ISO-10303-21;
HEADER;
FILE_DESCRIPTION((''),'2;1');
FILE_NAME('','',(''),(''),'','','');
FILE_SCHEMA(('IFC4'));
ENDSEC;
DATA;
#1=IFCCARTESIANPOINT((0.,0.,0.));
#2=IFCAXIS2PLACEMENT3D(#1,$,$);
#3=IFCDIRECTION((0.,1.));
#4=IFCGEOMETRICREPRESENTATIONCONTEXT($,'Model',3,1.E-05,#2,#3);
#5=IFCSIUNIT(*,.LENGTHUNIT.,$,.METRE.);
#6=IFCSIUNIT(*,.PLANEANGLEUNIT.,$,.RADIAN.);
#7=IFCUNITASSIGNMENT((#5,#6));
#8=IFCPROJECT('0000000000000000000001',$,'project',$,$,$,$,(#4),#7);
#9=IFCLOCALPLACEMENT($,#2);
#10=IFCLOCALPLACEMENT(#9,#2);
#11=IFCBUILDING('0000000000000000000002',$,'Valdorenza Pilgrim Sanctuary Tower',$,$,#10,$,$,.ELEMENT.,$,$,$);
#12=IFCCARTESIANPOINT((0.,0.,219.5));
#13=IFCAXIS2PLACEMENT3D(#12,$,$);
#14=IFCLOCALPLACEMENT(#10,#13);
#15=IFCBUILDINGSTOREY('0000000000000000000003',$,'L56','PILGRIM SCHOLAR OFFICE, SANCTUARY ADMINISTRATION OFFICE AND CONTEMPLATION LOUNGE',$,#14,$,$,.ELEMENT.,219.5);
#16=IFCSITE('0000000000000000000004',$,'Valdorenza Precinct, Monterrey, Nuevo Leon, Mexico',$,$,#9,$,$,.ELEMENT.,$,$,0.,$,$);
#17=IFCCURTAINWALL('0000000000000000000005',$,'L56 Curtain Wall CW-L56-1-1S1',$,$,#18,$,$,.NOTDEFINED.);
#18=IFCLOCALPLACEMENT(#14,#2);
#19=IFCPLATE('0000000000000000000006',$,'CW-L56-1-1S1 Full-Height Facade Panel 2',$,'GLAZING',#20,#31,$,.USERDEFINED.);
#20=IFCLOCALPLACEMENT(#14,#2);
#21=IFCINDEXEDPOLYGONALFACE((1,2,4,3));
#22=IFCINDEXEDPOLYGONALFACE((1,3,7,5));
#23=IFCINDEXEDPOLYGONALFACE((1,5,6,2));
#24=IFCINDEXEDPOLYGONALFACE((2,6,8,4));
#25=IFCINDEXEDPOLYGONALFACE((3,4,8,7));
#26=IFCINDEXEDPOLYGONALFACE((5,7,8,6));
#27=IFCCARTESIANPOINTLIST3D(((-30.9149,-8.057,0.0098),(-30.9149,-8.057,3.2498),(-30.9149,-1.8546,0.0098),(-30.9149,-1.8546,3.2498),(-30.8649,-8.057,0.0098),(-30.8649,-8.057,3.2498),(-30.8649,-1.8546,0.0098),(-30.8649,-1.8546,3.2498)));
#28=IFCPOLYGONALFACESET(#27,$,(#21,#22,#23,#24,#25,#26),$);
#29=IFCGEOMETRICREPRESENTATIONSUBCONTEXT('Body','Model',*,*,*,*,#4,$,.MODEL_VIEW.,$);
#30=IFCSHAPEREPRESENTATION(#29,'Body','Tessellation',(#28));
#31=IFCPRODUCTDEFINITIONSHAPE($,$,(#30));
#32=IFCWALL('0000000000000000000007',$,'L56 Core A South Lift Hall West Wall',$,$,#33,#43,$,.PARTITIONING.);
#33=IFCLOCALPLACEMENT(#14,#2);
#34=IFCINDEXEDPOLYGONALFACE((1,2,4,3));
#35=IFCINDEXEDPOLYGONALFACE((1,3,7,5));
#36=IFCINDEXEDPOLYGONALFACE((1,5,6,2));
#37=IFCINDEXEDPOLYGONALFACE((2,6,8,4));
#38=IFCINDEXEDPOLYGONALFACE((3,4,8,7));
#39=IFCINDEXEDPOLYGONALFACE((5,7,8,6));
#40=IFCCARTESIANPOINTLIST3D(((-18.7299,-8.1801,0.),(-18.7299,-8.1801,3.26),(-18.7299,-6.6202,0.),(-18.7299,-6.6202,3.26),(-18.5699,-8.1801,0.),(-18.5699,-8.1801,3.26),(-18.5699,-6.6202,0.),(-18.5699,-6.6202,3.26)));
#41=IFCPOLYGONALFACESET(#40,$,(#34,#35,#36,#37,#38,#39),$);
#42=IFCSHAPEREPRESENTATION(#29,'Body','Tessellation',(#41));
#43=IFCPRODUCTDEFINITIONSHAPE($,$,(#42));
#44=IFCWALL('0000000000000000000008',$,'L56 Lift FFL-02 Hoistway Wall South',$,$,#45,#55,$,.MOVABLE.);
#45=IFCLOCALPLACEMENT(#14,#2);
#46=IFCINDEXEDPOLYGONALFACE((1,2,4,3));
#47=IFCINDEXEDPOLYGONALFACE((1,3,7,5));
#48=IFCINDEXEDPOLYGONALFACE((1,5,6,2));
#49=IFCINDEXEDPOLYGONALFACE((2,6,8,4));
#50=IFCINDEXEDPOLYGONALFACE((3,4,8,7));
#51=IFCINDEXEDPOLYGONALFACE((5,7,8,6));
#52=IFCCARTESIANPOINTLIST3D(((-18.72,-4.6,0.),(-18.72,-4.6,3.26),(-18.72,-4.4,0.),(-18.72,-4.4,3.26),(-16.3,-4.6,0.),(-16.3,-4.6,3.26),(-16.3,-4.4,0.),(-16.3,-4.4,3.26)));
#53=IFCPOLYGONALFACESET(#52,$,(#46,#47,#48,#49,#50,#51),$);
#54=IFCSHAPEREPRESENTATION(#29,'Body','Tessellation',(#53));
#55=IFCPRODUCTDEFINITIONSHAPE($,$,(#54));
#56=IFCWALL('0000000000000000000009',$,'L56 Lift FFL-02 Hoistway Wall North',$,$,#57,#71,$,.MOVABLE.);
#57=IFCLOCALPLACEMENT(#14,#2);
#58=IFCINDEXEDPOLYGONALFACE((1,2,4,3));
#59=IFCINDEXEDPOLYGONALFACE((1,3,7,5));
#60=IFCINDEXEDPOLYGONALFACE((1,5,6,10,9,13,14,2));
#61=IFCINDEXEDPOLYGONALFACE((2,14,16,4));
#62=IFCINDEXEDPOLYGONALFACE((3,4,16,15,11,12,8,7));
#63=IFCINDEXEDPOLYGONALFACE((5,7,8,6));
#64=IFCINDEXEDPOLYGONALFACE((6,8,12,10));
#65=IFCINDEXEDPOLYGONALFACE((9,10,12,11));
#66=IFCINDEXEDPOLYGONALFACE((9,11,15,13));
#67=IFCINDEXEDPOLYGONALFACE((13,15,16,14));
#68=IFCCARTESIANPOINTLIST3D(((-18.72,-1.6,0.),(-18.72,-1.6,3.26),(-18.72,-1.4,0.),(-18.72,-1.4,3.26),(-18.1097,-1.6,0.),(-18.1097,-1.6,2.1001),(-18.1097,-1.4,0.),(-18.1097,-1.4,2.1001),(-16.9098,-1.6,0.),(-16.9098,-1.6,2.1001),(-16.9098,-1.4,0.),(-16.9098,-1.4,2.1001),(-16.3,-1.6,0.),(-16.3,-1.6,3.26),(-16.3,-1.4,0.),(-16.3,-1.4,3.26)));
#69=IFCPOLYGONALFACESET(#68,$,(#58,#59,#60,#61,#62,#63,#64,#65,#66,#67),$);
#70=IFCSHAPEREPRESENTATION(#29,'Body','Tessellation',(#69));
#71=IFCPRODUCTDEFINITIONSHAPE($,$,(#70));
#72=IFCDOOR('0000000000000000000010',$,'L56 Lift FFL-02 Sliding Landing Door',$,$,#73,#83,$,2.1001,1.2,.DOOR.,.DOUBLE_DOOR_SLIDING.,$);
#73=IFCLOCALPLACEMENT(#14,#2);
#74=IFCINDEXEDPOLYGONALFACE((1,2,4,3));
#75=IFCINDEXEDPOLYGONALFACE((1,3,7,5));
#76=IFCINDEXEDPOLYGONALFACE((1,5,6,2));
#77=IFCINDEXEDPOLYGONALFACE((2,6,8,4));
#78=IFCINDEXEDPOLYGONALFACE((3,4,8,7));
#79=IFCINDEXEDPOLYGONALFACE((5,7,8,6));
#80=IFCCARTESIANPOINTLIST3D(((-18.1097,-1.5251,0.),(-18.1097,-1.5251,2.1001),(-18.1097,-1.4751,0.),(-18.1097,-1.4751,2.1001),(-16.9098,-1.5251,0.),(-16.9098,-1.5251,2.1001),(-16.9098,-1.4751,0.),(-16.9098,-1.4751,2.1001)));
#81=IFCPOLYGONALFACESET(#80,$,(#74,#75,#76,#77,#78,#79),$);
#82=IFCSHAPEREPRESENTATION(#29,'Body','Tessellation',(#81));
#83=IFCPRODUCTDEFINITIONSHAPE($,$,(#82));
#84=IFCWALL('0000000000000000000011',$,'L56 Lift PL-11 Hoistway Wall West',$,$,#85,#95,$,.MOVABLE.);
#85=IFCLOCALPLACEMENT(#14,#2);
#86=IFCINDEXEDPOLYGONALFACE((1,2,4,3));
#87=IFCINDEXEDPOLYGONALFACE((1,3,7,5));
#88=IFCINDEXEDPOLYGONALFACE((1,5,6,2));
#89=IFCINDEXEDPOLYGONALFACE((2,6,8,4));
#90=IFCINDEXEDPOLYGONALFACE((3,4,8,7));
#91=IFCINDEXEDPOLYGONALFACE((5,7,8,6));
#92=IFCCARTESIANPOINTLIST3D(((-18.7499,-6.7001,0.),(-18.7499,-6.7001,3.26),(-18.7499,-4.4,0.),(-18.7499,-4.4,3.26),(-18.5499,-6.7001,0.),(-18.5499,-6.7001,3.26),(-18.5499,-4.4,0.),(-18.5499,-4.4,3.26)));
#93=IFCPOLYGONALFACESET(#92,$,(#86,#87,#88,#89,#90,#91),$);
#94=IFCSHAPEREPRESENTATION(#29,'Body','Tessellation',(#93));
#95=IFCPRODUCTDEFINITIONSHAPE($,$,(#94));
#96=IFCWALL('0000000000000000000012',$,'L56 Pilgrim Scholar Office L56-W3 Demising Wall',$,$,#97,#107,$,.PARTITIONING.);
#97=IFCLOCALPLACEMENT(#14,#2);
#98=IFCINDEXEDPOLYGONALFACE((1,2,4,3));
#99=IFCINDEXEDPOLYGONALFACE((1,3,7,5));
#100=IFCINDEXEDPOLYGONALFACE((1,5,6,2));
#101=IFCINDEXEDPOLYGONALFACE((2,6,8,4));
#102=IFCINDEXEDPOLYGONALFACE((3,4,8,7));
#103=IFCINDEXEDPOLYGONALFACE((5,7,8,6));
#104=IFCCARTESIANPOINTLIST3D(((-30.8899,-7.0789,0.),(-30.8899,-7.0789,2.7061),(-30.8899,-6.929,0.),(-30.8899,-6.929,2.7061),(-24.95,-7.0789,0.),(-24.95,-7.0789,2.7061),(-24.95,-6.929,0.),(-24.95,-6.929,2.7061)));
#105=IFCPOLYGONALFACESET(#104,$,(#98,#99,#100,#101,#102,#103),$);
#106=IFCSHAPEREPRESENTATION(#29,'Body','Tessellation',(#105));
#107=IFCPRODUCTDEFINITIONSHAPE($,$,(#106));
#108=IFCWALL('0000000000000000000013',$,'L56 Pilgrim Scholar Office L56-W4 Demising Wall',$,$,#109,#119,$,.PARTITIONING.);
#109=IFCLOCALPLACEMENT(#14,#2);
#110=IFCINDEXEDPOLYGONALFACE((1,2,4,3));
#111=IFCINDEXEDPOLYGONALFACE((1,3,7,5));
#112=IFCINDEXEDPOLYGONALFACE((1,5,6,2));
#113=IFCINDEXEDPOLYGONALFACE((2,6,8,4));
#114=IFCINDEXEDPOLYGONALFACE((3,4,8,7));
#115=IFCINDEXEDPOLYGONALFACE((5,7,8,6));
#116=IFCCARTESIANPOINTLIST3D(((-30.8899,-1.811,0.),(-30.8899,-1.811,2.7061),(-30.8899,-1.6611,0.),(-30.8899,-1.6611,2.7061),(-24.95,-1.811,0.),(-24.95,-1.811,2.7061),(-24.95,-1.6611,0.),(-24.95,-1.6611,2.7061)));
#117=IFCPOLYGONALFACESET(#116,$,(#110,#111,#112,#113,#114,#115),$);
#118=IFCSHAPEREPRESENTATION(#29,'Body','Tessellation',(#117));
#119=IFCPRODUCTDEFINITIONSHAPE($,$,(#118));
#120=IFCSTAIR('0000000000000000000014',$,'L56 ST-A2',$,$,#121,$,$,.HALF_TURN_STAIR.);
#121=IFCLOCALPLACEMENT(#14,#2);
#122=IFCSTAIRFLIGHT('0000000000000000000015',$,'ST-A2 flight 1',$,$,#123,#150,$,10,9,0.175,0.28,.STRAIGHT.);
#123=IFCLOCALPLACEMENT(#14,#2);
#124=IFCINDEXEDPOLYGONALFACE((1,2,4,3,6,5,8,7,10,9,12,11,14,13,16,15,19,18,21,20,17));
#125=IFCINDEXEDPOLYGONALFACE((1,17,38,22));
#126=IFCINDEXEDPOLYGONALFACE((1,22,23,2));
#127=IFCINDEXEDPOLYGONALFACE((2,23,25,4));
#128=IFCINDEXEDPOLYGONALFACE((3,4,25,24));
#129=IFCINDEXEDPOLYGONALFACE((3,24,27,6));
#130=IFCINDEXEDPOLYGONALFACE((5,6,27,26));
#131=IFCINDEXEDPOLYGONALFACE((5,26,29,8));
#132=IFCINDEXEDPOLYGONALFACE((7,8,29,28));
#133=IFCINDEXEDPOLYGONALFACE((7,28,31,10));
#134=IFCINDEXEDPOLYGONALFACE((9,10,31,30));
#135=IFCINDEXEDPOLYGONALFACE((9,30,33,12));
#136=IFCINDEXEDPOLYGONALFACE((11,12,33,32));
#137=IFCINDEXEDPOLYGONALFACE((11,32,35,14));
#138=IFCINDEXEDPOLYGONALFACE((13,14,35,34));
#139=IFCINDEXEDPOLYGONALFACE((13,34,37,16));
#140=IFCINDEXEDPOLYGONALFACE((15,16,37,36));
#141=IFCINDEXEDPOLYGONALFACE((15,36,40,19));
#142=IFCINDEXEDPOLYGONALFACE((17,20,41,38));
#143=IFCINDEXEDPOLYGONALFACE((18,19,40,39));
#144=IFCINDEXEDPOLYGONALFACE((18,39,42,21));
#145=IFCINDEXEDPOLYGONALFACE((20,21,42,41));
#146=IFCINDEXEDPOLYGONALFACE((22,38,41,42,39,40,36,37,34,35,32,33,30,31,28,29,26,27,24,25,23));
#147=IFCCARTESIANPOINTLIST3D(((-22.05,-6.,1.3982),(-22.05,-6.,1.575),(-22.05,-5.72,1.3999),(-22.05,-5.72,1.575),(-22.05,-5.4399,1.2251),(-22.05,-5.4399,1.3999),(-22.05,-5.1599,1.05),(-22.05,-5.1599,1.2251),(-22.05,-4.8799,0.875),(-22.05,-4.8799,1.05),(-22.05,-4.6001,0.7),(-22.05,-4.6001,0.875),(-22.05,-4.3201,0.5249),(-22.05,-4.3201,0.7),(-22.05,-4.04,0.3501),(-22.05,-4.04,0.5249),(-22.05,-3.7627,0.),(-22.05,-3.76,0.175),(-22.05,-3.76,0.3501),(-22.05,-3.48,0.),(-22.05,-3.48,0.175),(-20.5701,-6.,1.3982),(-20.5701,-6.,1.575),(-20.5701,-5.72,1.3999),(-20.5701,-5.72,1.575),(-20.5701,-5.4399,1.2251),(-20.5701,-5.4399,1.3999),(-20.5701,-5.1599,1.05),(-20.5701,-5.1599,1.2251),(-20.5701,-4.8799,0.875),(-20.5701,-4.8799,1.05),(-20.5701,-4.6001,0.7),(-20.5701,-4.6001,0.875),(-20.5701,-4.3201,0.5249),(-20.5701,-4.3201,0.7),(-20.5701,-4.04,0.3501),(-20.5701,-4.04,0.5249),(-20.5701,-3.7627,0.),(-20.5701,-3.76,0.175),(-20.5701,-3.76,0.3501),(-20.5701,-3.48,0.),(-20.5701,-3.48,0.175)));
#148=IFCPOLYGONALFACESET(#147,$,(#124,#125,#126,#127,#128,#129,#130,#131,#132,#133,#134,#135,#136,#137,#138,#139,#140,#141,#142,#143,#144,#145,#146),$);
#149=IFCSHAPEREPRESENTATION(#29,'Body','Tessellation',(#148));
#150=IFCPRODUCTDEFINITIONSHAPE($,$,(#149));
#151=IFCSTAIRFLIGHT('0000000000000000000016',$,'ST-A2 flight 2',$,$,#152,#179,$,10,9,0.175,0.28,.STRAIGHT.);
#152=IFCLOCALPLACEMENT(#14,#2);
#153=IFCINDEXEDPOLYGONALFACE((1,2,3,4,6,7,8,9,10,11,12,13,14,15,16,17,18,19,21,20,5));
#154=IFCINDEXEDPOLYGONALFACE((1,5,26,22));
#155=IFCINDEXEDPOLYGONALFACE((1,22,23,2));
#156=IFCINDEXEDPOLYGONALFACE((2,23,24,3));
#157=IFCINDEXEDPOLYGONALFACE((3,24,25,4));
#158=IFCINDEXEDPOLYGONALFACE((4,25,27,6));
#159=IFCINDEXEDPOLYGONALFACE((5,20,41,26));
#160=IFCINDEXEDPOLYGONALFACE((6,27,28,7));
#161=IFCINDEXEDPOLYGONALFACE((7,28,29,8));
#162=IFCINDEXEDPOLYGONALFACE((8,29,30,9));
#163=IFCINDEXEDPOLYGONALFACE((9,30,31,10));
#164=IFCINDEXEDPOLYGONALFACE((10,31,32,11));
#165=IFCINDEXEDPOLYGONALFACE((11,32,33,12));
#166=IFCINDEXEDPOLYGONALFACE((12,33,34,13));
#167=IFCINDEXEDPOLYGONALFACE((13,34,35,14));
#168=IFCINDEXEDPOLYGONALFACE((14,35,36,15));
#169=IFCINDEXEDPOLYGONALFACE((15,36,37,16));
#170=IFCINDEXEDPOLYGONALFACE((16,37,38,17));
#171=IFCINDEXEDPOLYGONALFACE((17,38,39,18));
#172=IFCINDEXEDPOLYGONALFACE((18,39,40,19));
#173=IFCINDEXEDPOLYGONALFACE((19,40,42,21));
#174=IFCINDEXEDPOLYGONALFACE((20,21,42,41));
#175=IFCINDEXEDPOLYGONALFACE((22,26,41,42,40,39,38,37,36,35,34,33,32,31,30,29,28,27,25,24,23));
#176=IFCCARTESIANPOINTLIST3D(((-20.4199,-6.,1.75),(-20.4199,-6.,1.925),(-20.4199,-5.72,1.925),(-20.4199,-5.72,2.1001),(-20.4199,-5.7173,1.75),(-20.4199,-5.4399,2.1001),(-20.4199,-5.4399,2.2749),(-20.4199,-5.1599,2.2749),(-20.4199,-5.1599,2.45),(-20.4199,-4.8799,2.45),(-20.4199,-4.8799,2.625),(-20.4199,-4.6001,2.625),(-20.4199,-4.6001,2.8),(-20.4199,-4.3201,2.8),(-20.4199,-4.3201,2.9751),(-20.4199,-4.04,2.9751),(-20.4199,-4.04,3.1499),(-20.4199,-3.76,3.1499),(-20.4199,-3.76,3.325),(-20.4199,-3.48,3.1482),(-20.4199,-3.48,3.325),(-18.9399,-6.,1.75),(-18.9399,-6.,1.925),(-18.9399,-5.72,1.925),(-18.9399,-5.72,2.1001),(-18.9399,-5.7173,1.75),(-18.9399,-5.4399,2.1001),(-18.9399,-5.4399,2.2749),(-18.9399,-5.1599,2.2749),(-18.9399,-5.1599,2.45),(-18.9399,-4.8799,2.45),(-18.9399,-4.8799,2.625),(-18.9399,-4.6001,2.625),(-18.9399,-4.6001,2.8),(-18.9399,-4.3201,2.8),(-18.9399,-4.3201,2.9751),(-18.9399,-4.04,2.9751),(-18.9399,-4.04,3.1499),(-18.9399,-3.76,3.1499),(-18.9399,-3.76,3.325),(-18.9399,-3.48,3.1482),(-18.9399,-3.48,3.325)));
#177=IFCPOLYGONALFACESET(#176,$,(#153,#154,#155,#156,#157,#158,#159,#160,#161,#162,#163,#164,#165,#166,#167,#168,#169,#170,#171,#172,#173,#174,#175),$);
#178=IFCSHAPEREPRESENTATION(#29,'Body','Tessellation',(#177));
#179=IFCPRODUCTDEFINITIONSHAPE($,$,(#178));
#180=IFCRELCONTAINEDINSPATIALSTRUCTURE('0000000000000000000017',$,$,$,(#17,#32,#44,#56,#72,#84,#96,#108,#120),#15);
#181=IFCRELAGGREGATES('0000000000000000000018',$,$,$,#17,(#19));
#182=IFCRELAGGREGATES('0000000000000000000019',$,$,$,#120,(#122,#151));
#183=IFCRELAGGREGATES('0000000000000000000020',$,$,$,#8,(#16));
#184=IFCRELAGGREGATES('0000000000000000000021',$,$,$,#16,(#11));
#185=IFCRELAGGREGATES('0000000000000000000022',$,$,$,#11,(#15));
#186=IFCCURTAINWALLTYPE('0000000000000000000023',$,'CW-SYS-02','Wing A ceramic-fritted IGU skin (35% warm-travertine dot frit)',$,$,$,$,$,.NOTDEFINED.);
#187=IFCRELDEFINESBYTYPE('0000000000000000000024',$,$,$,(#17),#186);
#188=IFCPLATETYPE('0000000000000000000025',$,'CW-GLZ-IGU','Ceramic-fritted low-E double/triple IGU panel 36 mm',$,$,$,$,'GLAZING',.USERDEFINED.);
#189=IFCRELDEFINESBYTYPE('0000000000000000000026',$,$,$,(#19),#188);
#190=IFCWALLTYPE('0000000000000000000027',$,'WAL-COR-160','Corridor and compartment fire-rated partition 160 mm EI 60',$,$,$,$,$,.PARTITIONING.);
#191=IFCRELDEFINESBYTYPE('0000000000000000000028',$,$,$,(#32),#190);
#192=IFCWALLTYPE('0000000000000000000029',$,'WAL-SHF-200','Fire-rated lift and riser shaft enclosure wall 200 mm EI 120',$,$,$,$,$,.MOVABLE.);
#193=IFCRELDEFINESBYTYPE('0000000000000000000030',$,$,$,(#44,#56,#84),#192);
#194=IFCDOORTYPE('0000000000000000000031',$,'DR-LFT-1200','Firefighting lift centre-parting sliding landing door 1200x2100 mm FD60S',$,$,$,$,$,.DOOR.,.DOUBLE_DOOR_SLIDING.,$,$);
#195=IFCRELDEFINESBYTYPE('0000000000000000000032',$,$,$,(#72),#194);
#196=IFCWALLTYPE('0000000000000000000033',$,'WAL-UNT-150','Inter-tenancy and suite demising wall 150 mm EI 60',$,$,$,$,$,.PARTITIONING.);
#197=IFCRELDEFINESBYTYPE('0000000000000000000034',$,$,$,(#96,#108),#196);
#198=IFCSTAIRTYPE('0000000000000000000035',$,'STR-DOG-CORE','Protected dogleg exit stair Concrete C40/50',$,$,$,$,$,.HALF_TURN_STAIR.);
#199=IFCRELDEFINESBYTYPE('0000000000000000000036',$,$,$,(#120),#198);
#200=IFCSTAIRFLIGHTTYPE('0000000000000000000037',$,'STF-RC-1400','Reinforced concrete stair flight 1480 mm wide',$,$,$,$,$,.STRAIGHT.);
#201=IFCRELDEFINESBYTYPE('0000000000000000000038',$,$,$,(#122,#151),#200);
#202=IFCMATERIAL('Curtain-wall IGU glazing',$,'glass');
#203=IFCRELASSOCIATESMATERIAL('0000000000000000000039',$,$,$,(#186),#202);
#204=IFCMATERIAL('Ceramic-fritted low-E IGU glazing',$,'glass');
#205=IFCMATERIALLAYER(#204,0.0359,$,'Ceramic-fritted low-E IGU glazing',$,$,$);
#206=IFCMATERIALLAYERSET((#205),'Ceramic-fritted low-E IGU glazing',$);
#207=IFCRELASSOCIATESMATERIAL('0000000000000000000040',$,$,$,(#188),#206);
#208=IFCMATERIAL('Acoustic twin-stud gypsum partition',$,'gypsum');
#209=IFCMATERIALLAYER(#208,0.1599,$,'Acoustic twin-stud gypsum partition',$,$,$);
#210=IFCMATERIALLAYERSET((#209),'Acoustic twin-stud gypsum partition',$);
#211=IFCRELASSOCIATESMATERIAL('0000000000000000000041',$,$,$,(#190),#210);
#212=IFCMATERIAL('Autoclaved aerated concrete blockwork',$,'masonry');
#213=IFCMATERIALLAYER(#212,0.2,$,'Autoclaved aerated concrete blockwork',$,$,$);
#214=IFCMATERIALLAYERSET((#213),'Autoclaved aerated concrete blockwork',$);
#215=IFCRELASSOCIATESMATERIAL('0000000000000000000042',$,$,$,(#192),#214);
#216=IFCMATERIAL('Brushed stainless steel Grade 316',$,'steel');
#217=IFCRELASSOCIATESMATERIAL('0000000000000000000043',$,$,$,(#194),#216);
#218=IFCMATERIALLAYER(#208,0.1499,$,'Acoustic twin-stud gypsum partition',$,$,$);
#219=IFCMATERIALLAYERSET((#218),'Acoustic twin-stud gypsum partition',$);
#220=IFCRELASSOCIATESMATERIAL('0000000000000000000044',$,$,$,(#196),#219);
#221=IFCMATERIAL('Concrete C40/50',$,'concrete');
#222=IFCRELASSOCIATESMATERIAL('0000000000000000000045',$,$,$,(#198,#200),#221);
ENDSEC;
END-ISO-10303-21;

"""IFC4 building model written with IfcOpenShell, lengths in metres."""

from ifc_helpers import new_model, si_unit, direction, frame, frame_2d, origin, origin_2d, place, context, subcontext, project, spatial, polyline, rectangle, outline, extrude, source, transform, mapped, material, layer, layer_set, type_object, element, fill, aggregate, save


model = new_model("IFC4")

# Units and contexts
model_context = context("Model", 3, precision=1e-05, world=origin(), true_north=direction((0.0, 1.0)))
body_context = subcontext(model_context, "Body", "Model", "MODEL_VIEW")
ifc_project = project(units=[si_unit("LENGTHUNIT", "METRE"), si_unit("PLANEANGLEUNIT", "RADIAN")], contexts=[model_context])

# Site, building, storey
site_placement = place(None, origin())
site = spatial("IfcSite", under=ifc_project, at=site_placement, Name="Valdorenza Precinct, Monterrey, Nuevo Leon, Mexico", CompositionType="ELEMENT", RefElevation=0.0)
building_placement = place(site_placement, origin())
building = spatial("IfcBuilding", under=site, at=building_placement, Name="Valdorenza Pilgrim Sanctuary Tower", CompositionType="ELEMENT")
storey_placement = place(building_placement, frame((0.0, 0.0, 219.5)))
storey = spatial("IfcBuildingStorey", under=building, at=storey_placement, Name="L56", Description="PILGRIM SCHOLAR OFFICE, SANCTUARY ADMINISTRATION OFFICE AND CONTEMPLATION LOUNGE", CompositionType="ELEMENT", Elevation=219.5)

# Curtain wall, plate
ifc_material_1 = material(Name="Curtain-wall IGU glazing", Category="glass")
curtain_wall_type = type_object("IfcCurtainWallType", Name="CW-SYS-02", Description="Wing A ceramic-fritted IGU skin (35% warm-travertine dot frit)", PredefinedType="NOTDEFINED", material=ifc_material_1)
curtain_wall_placement = place(storey_placement, origin())
curtain_wall = element("IfcCurtainWall", 1, at=curtain_wall_placement, inside=storey, type_object=curtain_wall_type, Name="L56 Curtain Wall CW-L56-1-1S1", PredefinedType="NOTDEFINED")
ifc_material_2 = material(Name="Ceramic-fritted low-E IGU glazing", Category="glass")
ifc_layer_1 = layer(ifc_material_2, 0.0359, Name="Ceramic-fritted low-E IGU glazing")
ifc_layer_set_1 = layer_set([ifc_layer_1], Name="Ceramic-fritted low-E IGU glazing")
plate_type_1 = type_object("IfcPlateType", Name="CW-GLZ-IGU", Description="Ceramic-fritted low-E double/triple IGU panel 36 mm", ElementType="GLAZING", PredefinedType="USERDEFINED", material=ifc_layer_set_1)
shared_shape_1 = source(origin(), body_context, "Body", "SweptSolid", [
    extrude(rectangle(XDim=6.2024, YDim=0.05, at=origin_2d()), origin(), (0.0, 0.0, 1.0), 3.24),
])
plate_1_placement = place(storey_placement, frame((-30.8899, -4.9558, 0.0098), z_axis=(0.0, 0.0, 1.0), x_axis=(0.0, 1.0, 0.0)))
plate_1 = element("IfcPlate", 2, at=plate_1_placement, type_object=plate_type_1, Name="CW-L56-1-1S1 Full-Height Facade Panel 2", ObjectType="GLAZING", PredefinedType="USERDEFINED", context=body_context, shape_type="MappedRepresentation", body=[
    mapped(shared_shape_1, transform((0.0, 0.0, 0.0), x_axis=(1.0, 0.0, 0.0), y_axis=(0.0, 1.0, 0.0), z_axis=(0.0, 0.0, 1.0), scale=1.0)),
])
aggregate(curtain_wall, [plate_1])

# Walls
ifc_material_3 = material(Name="Acoustic twin-stud gypsum partition", Category="gypsum")
ifc_layer_2 = layer(ifc_material_3, 0.1599, Name="Acoustic twin-stud gypsum partition")
ifc_layer_set_2 = layer_set([ifc_layer_2], Name="Acoustic twin-stud gypsum partition")
wall_type_1 = type_object("IfcWallType", Name="WAL-COR-160", Description="Corridor and compartment fire-rated partition 160 mm EI 60", PredefinedType="PARTITIONING", material=ifc_layer_set_2)
wall_1_placement = place(storey_placement, frame((-18.6499, -8.1799, 0.0), z_axis=(0.0, 0.0, 1.0), x_axis=(0.0, 1.0, 0.0)))
element("IfcWall", 3, at=wall_1_placement, inside=storey, type_object=wall_type_1, Name="L56 Core A South Lift Hall West Wall", PredefinedType="PARTITIONING", context=body_context, shape_type="SweptSolid", body=[
    extrude(rectangle(XDim=1.5598, YDim=0.1599, at=frame_2d((0.7798, 0.0))), origin(), (0.0, 0.0, 1.0), 3.26),
])
ifc_material_4 = material(Name="Autoclaved aerated concrete blockwork", Category="masonry")
ifc_layer_3 = layer(ifc_material_4, 0.2, Name="Autoclaved aerated concrete blockwork")
ifc_layer_set_3 = layer_set([ifc_layer_3], Name="Autoclaved aerated concrete blockwork")
wall_type_2 = type_object("IfcWallType", Name="WAL-SHF-200", Description="Fire-rated lift and riser shaft enclosure wall 200 mm EI 120", PredefinedType="MOVABLE", material=ifc_layer_set_3)
wall_2_placement = place(storey_placement, frame((-18.72, -4.5, 0.0), z_axis=(0.0, 0.0, 1.0), x_axis=(1.0, 0.0, 0.0)))
element("IfcWall", 4, at=wall_2_placement, inside=storey, type_object=wall_type_2, Name="L56 Lift FFL-02 Hoistway Wall South", PredefinedType="MOVABLE", context=body_context, shape_type="SweptSolid", body=[
    extrude(rectangle(XDim=2.4199, YDim=0.2, at=frame_2d((1.21, 0.0))), origin(), (0.0, 0.0, 1.0), 3.26),
])

# Wall, opening, door
wall_3_placement = place(storey_placement, frame((-18.72, -1.5, 0.0), z_axis=(0.0, 0.0, 1.0), x_axis=(1.0, 0.0, 0.0)))
wall_3 = element("IfcWall", 5, at=wall_3_placement, inside=storey, type_object=wall_type_2, Name="L56 Lift FFL-02 Hoistway Wall North", PredefinedType="MOVABLE", context=body_context, shape_type="SweptSolid", body=[
    extrude(rectangle(XDim=2.4199, YDim=0.2, at=frame_2d((1.21, 0.0))), origin(), (0.0, 0.0, 1.0), 3.26),
])
opening_1_placement = place(wall_3_placement, frame((0.6101, 0.0, 0.0)))
opening_1 = element("IfcOpeningElement", 6, at=opening_1_placement, cuts=wall_3, PredefinedType="OPENING", context=body_context, shape_type="SweptSolid", body=[
    extrude(rectangle(XDim=1.2, YDim=2.1001, at=frame_2d((0.6001, 1.05))), frame((0.0, 0.1147, 0.0), z_axis=(0.0, -1.0, 0.0), x_axis=(1.0, 0.0, 0.0)), (0.0, 0.0, 1.0), 0.2297),
])
ifc_material_5 = material(Name="Brushed stainless steel Grade 316", Category="steel")
door_type_1 = type_object("IfcDoorType", Name="DR-LFT-1200", Description="Firefighting lift centre-parting sliding landing door 1200x2100 mm FD60S", OperationType="DOUBLE_DOOR_SLIDING", PredefinedType="DOOR", material=ifc_material_5)
door_1_placement = place(opening_1_placement, origin())
door_1 = element("IfcDoor", 7, at=door_1_placement, inside=storey, type_object=door_type_1, Name="L56 Lift FFL-02 Sliding Landing Door", OperationType="DOUBLE_DOOR_SLIDING", OverallHeight=2.1001, OverallWidth=1.2, PredefinedType="DOOR", context=body_context, shape_type="SweptSolid", body=[
    extrude(rectangle(XDim=1.2, YDim=2.1001, at=frame_2d((0.6001, 1.05))), frame((0.0, 0.0249, 0.0), z_axis=(0.0, -1.0, 0.0), x_axis=(1.0, 0.0, 0.0)), (0.0, 0.0, 1.0), 0.05),
])
fill(opening_1, door_1)

# Wall
wall_4_placement = place(storey_placement, frame((-18.6499, -6.7, 0.0), z_axis=(0.0, 0.0, 1.0), x_axis=(0.0, 1.0, 0.0)))
element("IfcWall", 8, at=wall_4_placement, inside=storey, type_object=wall_type_2, Name="L56 Lift PL-11 Hoistway Wall West", PredefinedType="MOVABLE", context=body_context, shape_type="SweptSolid", body=[
    extrude(rectangle(XDim=2.3, YDim=0.2, at=frame_2d((1.1499, 0.0))), origin(), (0.0, 0.0, 1.0), 3.26),
])

# Shared definitions
ifc_material_6 = material(Name="Concrete C40/50", Category="concrete")

# Walls
ifc_layer_4 = layer(ifc_material_3, 0.1499, Name="Acoustic twin-stud gypsum partition")
ifc_layer_set_4 = layer_set([ifc_layer_4], Name="Acoustic twin-stud gypsum partition")
wall_type_3 = type_object("IfcWallType", Name="WAL-UNT-150", Description="Inter-tenancy and suite demising wall 150 mm EI 60", PredefinedType="PARTITIONING", material=ifc_layer_set_4)
for number, where, z_axis, x_axis, name in (
    (9, (-30.8899, -7.0039, 0.0), (0.0, 0.0, 1.0), (1.0, 0.0, 0.0), "L56 Pilgrim Scholar Office L56-W3 Demising Wall"),
    (10, (-30.8899, -1.7361, 0.0), (0.0, 0.0, 1.0), (1.0, 0.0, 0.0), "L56 Pilgrim Scholar Office L56-W4 Demising Wall"),
):
    element("IfcWall", number, at=place(storey_placement, frame(where, z_axis=z_axis, x_axis=x_axis)), inside=storey, type_object=wall_type_3, Name=name, PredefinedType="PARTITIONING", context=body_context, shape_type="SweptSolid", body=[
        extrude(rectangle(XDim=5.9399, YDim=0.1499, at=frame_2d((2.97, 0.0))), origin(), (0.0, 0.0, 1.0), 2.7061),
    ])

# Stair, stair flights
stair_type = type_object("IfcStairType", Name="STR-DOG-CORE", Description="Protected dogleg exit stair Concrete C40/50", PredefinedType="HALF_TURN_STAIR", material=ifc_material_6)
stair_placement = place(storey_placement, origin())
stair = element("IfcStair", 11, at=stair_placement, inside=storey, type_object=stair_type, Name="L56 ST-A2", PredefinedType="HALF_TURN_STAIR")
stair_flight_type = type_object("IfcStairFlightType", Name="STF-RC-1400", Description="Reinforced concrete stair flight 1480 mm wide", PredefinedType="STRAIGHT", material=ifc_material_6)
stair_flight_1_placement = place(storey_placement, frame((-21.3101, -3.48, 0.0), z_axis=(0.0, 0.0, 1.0), x_axis=(0.0, -1.0, 0.0)))
stair_flight_1 = element("IfcStairFlight", 12, at=stair_flight_1_placement, type_object=stair_flight_type, Name="ST-A2 flight 1", NumberOfRisers=10, NumberOfTreads=9, PredefinedType="STRAIGHT", RiserHeight=0.175, TreadLength=0.28, context=body_context, shape_type="SweptSolid", body=[
    extrude(outline(polyline([(0.0, 0.0), (0.0, 0.175), (0.28, 0.175), (0.28, 0.3501), (0.5601, 0.3501), (0.5601, 0.5249), (0.8401, 0.5249), (0.8401, 0.7), (1.1201, 0.7), (1.1201, 0.875), (1.3999, 0.875), (1.3999, 1.05), (1.6799, 1.05), (1.6799, 1.2251), (1.96, 1.2251), (1.96, 1.3999), (2.24, 1.3999), (2.24, 1.575), (2.52, 1.575), (2.52, 1.75), (2.52, 1.3982), (0.2827, 0.0), (0.0, 0.0)])), frame((0.0, 0.74, 0.0), z_axis=(0.0, -1.0, 0.0), x_axis=(1.0, 0.0, 0.0)), (0.0, 0.0, 1.0), 1.48),
])
stair_flight_2_placement = place(storey_placement, frame((-19.6799, -6.0, 1.75), z_axis=(0.0, 0.0, 1.0), x_axis=(0.0, 1.0, 0.0)))
stair_flight_2 = element("IfcStairFlight", 13, at=stair_flight_2_placement, type_object=stair_flight_type, Name="ST-A2 flight 2", NumberOfRisers=10, NumberOfTreads=9, PredefinedType="STRAIGHT", RiserHeight=0.175, TreadLength=0.28, context=body_context, shape_type="SweptSolid", body=[
    extrude(outline(polyline([(0.0, 0.0), (0.0, 0.175), (0.28, 0.175), (0.28, 0.3501), (0.5601, 0.3501), (0.5601, 0.5249), (0.8401, 0.5249), (0.8401, 0.7), (1.1201, 0.7), (1.1201, 0.875), (1.3999, 0.875), (1.3999, 1.05), (1.6799, 1.05), (1.6799, 1.2251), (1.96, 1.2251), (1.96, 1.3999), (2.24, 1.3999), (2.24, 1.575), (2.52, 1.575), (2.52, 1.75), (2.52, 1.3982), (0.2827, 0.0), (0.0, 0.0)])), frame((0.0, 0.74, 0.0), z_axis=(0.0, -1.0, 0.0), x_axis=(1.0, 0.0, 0.0)), (0.0, 0.0, 1.0), 1.48),
])
aggregate(stair, [stair_flight_1, stair_flight_2])

save(model, "model.ifc")
